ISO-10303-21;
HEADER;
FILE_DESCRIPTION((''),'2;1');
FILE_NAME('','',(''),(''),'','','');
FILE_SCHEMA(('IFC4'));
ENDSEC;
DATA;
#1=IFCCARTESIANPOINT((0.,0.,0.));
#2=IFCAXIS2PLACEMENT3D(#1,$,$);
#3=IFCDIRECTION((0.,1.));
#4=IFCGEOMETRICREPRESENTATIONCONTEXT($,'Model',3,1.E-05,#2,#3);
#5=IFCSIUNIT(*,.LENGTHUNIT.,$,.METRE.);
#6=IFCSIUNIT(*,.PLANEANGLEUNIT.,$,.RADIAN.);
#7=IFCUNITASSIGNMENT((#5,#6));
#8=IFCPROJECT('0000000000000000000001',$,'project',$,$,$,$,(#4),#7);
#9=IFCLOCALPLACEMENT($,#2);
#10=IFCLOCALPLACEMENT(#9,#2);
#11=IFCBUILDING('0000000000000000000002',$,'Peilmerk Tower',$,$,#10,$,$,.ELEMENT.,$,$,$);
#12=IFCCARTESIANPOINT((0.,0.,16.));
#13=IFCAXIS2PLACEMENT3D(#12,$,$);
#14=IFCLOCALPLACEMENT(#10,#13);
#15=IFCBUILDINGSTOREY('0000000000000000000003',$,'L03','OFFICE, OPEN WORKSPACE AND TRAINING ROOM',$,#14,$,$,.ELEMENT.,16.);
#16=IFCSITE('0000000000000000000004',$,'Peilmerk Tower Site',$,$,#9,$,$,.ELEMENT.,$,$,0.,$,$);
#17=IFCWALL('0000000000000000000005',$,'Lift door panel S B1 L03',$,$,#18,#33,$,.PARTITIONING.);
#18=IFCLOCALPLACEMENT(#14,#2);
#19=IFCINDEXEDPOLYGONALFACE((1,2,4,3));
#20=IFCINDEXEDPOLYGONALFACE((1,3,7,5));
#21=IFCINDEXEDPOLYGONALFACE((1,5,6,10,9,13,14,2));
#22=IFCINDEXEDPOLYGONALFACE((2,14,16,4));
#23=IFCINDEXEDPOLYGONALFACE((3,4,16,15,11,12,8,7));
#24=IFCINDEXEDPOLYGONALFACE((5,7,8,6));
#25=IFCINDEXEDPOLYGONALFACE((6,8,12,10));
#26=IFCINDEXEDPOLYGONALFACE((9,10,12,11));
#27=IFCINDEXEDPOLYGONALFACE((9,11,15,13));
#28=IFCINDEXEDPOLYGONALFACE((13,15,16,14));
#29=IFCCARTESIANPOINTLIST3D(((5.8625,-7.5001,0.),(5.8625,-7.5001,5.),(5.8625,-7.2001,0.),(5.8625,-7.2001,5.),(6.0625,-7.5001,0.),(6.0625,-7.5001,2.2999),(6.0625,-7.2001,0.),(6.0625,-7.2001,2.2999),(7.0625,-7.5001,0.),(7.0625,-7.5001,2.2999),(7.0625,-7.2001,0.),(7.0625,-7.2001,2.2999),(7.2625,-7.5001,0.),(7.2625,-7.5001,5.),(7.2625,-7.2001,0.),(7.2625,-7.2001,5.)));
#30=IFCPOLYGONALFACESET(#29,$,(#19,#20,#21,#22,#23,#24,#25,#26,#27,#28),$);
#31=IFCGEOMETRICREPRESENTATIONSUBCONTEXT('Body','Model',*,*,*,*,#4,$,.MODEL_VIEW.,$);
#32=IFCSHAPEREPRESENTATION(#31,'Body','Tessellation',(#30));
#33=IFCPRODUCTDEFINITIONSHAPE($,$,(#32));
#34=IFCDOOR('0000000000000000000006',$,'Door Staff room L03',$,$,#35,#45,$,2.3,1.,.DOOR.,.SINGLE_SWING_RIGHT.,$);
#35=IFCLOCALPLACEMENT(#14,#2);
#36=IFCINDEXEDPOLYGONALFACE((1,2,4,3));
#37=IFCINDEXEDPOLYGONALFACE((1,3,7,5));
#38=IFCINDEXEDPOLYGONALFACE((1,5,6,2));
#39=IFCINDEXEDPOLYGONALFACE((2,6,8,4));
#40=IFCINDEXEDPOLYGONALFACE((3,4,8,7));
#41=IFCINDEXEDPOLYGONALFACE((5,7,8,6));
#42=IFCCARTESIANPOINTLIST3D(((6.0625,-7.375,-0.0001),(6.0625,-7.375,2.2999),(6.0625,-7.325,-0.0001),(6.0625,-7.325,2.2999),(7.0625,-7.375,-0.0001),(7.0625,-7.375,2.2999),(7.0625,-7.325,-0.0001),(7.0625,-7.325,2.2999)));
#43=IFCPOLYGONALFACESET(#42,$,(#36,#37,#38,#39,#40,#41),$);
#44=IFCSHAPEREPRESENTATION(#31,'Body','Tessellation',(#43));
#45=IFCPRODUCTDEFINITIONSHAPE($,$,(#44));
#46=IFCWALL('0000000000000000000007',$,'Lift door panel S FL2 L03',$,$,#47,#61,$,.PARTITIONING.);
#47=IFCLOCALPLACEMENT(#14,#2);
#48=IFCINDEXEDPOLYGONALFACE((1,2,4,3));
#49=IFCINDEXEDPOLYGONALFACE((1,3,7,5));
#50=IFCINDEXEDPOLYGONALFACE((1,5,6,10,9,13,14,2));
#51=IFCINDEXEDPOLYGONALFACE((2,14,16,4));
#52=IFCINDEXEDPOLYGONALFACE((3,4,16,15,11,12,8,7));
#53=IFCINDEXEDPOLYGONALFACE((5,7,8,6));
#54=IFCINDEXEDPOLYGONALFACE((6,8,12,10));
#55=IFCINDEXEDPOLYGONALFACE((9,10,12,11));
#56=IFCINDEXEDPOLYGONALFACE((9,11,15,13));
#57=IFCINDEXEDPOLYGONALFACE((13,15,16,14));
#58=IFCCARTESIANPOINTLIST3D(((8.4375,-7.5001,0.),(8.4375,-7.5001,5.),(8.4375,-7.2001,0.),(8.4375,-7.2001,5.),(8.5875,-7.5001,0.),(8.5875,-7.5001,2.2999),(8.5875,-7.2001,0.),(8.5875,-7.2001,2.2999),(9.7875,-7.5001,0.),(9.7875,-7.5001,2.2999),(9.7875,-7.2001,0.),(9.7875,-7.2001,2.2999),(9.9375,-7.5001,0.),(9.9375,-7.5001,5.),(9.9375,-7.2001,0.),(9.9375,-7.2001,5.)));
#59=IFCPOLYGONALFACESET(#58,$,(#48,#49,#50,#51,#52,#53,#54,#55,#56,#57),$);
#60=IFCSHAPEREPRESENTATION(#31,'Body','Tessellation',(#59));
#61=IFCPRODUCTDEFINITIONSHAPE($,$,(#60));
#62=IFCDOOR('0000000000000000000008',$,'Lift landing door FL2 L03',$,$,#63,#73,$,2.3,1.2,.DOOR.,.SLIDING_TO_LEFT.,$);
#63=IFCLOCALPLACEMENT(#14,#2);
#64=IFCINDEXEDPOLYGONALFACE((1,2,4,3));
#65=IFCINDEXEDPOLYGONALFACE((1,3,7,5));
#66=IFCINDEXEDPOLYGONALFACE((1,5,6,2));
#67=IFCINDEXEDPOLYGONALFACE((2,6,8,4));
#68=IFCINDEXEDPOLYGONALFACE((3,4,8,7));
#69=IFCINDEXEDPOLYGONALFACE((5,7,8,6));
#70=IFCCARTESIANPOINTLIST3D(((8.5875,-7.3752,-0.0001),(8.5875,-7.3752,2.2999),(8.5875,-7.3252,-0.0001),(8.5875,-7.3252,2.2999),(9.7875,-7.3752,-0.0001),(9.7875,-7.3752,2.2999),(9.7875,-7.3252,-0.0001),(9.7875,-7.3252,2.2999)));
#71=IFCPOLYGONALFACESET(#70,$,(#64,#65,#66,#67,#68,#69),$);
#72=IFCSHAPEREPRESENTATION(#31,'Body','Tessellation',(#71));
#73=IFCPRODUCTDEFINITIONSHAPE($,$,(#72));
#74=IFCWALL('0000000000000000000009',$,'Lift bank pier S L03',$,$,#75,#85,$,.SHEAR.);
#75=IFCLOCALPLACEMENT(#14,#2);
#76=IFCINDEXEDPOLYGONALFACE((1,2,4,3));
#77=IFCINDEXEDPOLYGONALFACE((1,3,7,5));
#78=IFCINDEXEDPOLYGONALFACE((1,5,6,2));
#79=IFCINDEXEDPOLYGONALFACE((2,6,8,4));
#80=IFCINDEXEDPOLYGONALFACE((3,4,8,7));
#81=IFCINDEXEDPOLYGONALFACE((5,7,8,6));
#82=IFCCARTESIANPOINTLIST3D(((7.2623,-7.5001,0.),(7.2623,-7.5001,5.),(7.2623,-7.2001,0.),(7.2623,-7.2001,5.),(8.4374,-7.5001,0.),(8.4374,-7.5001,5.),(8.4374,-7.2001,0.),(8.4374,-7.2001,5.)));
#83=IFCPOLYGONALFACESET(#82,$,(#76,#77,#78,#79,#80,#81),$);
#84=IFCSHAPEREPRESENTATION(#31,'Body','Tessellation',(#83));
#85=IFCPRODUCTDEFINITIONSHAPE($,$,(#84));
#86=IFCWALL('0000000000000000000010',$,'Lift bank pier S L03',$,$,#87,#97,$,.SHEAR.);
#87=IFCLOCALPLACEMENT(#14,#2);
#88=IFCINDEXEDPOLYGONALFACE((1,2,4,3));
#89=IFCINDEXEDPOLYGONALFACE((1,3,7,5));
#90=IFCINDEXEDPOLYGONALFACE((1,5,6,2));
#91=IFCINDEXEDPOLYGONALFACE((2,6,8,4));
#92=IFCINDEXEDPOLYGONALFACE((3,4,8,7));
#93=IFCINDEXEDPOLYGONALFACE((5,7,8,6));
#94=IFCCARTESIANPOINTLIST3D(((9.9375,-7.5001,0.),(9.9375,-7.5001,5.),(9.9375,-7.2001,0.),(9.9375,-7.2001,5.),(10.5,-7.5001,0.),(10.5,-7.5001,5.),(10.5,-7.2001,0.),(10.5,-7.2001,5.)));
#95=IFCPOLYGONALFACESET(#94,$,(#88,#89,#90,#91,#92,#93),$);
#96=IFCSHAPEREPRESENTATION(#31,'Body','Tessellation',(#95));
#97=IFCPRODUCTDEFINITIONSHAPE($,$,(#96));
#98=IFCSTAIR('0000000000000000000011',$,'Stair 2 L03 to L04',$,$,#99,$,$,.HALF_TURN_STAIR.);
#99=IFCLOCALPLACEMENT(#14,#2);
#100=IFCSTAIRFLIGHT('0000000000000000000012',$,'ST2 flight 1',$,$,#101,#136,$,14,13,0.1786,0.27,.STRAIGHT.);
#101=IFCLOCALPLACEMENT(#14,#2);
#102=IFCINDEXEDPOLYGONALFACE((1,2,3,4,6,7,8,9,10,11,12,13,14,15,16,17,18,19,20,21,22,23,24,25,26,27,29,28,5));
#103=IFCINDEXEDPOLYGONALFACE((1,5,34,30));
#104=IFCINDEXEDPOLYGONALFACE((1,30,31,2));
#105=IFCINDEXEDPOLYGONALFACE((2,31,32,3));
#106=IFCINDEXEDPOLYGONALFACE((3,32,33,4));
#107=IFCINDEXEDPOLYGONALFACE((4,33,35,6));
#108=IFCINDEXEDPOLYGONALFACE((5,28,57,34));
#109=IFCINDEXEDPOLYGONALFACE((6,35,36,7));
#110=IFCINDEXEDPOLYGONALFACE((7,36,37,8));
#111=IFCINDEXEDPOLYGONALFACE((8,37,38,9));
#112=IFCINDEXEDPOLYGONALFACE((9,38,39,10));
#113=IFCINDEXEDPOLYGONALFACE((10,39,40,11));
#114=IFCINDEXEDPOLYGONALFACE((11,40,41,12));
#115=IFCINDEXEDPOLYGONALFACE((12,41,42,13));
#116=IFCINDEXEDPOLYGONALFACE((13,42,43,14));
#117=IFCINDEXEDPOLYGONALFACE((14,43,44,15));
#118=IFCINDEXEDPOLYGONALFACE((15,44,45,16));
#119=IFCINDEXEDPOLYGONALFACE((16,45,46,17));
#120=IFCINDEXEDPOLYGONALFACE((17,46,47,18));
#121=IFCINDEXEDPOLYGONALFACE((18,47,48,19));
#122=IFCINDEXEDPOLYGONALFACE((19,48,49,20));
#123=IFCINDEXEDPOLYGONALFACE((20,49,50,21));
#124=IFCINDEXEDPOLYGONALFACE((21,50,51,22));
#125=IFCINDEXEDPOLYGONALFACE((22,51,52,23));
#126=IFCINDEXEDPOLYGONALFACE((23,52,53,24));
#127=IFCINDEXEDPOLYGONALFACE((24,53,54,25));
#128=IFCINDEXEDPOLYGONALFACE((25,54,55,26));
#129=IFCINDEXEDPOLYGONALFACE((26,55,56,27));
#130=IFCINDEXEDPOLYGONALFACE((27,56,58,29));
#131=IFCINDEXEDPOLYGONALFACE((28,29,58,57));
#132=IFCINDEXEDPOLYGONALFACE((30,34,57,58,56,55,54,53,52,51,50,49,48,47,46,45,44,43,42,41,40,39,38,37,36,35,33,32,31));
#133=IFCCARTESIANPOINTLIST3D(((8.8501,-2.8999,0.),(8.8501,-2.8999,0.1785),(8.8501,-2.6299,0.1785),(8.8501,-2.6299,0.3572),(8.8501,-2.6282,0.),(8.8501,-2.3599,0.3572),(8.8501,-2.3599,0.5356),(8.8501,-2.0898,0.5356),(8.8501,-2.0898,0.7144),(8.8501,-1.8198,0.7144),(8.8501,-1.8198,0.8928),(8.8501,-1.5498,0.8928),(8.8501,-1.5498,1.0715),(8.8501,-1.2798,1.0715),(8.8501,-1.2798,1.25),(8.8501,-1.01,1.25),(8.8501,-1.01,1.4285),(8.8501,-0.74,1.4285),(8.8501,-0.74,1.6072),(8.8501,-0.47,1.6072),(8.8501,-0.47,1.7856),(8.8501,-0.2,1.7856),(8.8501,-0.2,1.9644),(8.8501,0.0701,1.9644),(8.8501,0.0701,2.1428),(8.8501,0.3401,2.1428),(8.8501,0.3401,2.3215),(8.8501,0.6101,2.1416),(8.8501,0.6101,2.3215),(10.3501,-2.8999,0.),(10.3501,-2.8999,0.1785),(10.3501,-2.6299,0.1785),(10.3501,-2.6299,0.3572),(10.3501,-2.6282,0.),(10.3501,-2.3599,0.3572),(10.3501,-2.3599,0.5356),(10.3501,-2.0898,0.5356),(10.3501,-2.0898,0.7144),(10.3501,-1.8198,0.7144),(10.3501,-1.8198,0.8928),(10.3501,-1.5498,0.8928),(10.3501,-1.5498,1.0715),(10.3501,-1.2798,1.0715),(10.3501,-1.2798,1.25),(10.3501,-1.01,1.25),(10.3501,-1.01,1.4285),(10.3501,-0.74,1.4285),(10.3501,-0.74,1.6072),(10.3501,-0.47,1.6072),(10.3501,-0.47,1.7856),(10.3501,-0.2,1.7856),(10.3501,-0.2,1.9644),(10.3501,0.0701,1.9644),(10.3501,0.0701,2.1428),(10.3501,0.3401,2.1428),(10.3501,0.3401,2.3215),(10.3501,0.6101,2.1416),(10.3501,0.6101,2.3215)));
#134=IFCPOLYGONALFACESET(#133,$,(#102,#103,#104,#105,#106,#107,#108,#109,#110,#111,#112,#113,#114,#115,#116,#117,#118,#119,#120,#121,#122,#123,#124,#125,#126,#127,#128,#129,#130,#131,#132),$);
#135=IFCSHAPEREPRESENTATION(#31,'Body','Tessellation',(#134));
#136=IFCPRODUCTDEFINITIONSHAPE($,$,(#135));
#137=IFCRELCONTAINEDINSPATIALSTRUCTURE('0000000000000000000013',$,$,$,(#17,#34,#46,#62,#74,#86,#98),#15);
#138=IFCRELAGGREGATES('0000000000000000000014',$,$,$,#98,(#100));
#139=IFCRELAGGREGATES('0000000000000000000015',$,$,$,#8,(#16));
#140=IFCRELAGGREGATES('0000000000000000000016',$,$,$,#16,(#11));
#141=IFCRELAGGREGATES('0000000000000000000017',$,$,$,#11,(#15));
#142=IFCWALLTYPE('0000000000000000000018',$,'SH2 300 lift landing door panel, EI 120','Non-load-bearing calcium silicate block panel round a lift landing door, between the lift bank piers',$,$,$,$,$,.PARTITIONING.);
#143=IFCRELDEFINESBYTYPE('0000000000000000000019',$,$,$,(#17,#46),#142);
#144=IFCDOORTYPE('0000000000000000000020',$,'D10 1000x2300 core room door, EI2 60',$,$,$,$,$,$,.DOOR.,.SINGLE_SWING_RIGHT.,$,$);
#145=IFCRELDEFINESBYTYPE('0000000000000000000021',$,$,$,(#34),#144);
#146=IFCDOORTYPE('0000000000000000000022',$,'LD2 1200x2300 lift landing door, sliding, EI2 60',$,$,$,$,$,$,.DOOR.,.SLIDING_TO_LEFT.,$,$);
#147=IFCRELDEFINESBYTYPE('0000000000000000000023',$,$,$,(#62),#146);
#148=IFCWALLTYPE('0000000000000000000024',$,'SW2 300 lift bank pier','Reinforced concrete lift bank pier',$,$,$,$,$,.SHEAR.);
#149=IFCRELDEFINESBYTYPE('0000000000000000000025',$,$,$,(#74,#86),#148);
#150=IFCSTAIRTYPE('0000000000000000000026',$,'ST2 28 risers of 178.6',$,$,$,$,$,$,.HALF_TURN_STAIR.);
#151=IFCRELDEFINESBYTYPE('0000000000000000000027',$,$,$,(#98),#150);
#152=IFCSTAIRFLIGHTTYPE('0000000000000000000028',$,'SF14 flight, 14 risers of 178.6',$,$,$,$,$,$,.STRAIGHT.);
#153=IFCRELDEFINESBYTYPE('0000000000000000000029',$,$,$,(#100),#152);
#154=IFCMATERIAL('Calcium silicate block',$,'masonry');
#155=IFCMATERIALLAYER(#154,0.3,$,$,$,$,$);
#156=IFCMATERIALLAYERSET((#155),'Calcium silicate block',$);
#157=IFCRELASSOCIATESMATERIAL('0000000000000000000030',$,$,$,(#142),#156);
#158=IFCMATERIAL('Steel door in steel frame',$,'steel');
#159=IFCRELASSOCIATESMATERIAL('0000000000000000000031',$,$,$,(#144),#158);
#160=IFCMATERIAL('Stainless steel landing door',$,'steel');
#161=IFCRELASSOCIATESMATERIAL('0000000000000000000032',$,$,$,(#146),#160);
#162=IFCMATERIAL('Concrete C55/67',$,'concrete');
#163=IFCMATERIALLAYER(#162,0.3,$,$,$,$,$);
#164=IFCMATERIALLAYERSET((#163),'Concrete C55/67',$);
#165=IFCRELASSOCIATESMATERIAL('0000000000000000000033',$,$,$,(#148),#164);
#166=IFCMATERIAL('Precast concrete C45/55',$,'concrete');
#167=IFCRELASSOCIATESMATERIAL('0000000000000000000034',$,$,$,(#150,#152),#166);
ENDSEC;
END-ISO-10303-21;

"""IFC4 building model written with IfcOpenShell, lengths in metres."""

from ifc_helpers import new_model, si_unit, direction, frame, frame_2d, origin, place, context, subcontext, project, spatial, polyline, rectangle, outline, extrude, material, layer, layer_set, type_object, element, fill, aggregate, save


model = new_model("IFC4")

# Units and contexts
model_context = context("Model", 3, precision=1e-05, world=origin(), true_north=direction((0.0, 1.0)))
body_context = subcontext(model_context, "Body", "Model", "MODEL_VIEW")
ifc_project = project(units=[si_unit("LENGTHUNIT", "METRE"), si_unit("PLANEANGLEUNIT", "RADIAN")], contexts=[model_context])

# Site, building, storey
site_placement = place(None, origin())
site = spatial("IfcSite", under=ifc_project, at=site_placement, Name="Peilmerk Tower Site", CompositionType="ELEMENT", RefElevation=0.0)
building_placement = place(site_placement, origin())
building = spatial("IfcBuilding", under=site, at=building_placement, Name="Peilmerk Tower", CompositionType="ELEMENT")
storey_placement = place(building_placement, frame((0.0, 0.0, 16.0)))
storey = spatial("IfcBuildingStorey", under=building, at=storey_placement, Name="L03", Description="OFFICE, OPEN WORKSPACE AND TRAINING ROOM", CompositionType="ELEMENT", Elevation=16.0)

# Shared definitions
ifc_material_1 = material(Name="Steel door in steel frame", Category="steel")

# Shared definitions
ifc_material_2 = material(Name="Calcium silicate block", Category="masonry")

# Walls, openings, doors
ifc_layer_1 = layer(ifc_material_2, 0.3)
ifc_layer_set_1 = layer_set([ifc_layer_1], Name="Calcium silicate block")
wall_type_1 = type_object("IfcWallType", Name="SH2 300 lift landing door panel, EI 120", Description="Non-load-bearing calcium silicate block panel round a lift landing door, between the lift bank piers", PredefinedType="PARTITIONING", material=ifc_layer_set_1)
wall_1_placement = place(storey_placement, frame((5.8625, -7.3501, 0.0), z_axis=(0.0, 0.0, 1.0), x_axis=(1.0, 0.0, 0.0)))
wall_1 = element("IfcWall", 1, at=wall_1_placement, inside=storey, type_object=wall_type_1, Name="Lift door panel S B1 L03", PredefinedType="PARTITIONING", context=body_context, shape_type="SweptSolid", body=[
    extrude(rectangle(XDim=1.3999, YDim=0.3, at=frame_2d((0.7, 0.0))), origin(), (0.0, 0.0, 1.0), 5.0),
])
opening_1_placement = place(wall_1_placement, frame((0.2, 0.0, 0.0)))
opening_1 = element("IfcOpeningElement", 2, at=opening_1_placement, cuts=wall_1, PredefinedType="OPENING", context=body_context, shape_type="SweptSolid", body=[
    extrude(rectangle(XDim=1.0, YDim=2.3, at=frame_2d((0.5, 1.1499))), frame((0.0, 0.1599, 0.0), z_axis=(0.0, -1.0, 0.0), x_axis=(1.0, 0.0, 0.0)), (0.0, 0.0, 1.0), 0.3201),
])
door_type_1 = type_object("IfcDoorType", Name="D10 1000x2300 core room door, EI2 60", OperationType="SINGLE_SWING_RIGHT", PredefinedType="DOOR", material=ifc_material_1)
door_1_placement = place(opening_1_placement, frame((1.0, 0.0, 0.0), z_axis=(0.0, 0.0, 1.0), x_axis=(-1.0, 0.0, 0.0)))
door_1 = element("IfcDoor", 3, at=door_1_placement, inside=storey, type_object=door_type_1, Name="Door Staff room L03", OperationType="SINGLE_SWING_RIGHT", OverallHeight=2.3, OverallWidth=1.0, PredefinedType="DOOR", context=body_context, shape_type="SweptSolid", body=[
    extrude(rectangle(XDim=1.0, YDim=2.3, at=frame_2d((0.5, 1.1499))), frame((0.0, 0.0249, 0.0), z_axis=(0.0, -1.0, 0.0), x_axis=(1.0, 0.0, 0.0)), (0.0, 0.0, 1.0), 0.05),
])
fill(opening_1, door_1)
wall_2_placement = place(storey_placement, frame((8.4375, -7.3501, 0.0), z_axis=(0.0, 0.0, 1.0), x_axis=(1.0, 0.0, 0.0)))
wall_2 = element("IfcWall", 4, at=wall_2_placement, inside=storey, type_object=wall_type_1, Name="Lift door panel S FL2 L03", PredefinedType="PARTITIONING", context=body_context, shape_type="SweptSolid", body=[
    extrude(rectangle(XDim=1.5, YDim=0.3, at=frame_2d((0.75, 0.0))), origin(), (0.0, 0.0, 1.0), 5.0),
])
opening_2_placement = place(wall_2_placement, frame((0.1499, 0.0, 0.0)))
opening_2 = element("IfcOpeningElement", 5, at=opening_2_placement, cuts=wall_2, PredefinedType="OPENING", context=body_context, shape_type="SweptSolid", body=[
    extrude(rectangle(XDim=1.2, YDim=2.3, at=frame_2d((0.6001, 1.1499))), frame((0.0, 0.1599, 0.0), z_axis=(0.0, -1.0, 0.0), x_axis=(1.0, 0.0, 0.0)), (0.0, 0.0, 1.0), 0.3201),
])
ifc_material_3 = material(Name="Stainless steel landing door", Category="steel")
door_type_2 = type_object("IfcDoorType", Name="LD2 1200x2300 lift landing door, sliding, EI2 60", OperationType="SLIDING_TO_LEFT", PredefinedType="DOOR", material=ifc_material_3)
door_2_placement = place(opening_2_placement, origin())
door_2 = element("IfcDoor", 6, at=door_2_placement, inside=storey, type_object=door_type_2, Name="Lift landing door FL2 L03", OperationType="SLIDING_TO_LEFT", OverallHeight=2.3, OverallWidth=1.2, PredefinedType="DOOR", context=body_context, shape_type="SweptSolid", body=[
    extrude(rectangle(XDim=1.2, YDim=2.3, at=frame_2d((0.6001, 1.1499))), frame((0.0, 0.0249, 0.0), z_axis=(0.0, -1.0, 0.0), x_axis=(1.0, 0.0, 0.0)), (0.0, 0.0, 1.0), 0.05),
])
fill(opening_2, door_2)

# Walls
ifc_material_4 = material(Name="Concrete C55/67", Category="concrete")
ifc_layer_2 = layer(ifc_material_4, 0.3)
ifc_layer_set_2 = layer_set([ifc_layer_2], Name="Concrete C55/67")
wall_type_2 = type_object("IfcWallType", Name="SW2 300 lift bank pier", Description="Reinforced concrete lift bank pier", PredefinedType="SHEAR", material=ifc_layer_set_2)
wall_3_placement = place(storey_placement, frame((7.2625, -7.3501, 0.0), z_axis=(0.0, 0.0, 1.0), x_axis=(1.0, 0.0, 0.0)))
element("IfcWall", 7, at=wall_3_placement, inside=storey, type_object=wall_type_2, Name="Lift bank pier S L03", PredefinedType="SHEAR", context=body_context, shape_type="SweptSolid", body=[
    extrude(rectangle(XDim=1.175, YDim=0.3, at=frame_2d((0.5874, 0.0))), origin(), (0.0, 0.0, 1.0), 5.0),
])
wall_4_placement = place(storey_placement, frame((9.9375, -7.3501, 0.0), z_axis=(0.0, 0.0, 1.0), x_axis=(1.0, 0.0, 0.0)))
element("IfcWall", 8, at=wall_4_placement, inside=storey, type_object=wall_type_2, Name="Lift bank pier S L03", PredefinedType="SHEAR", context=body_context, shape_type="SweptSolid", body=[
    extrude(rectangle(XDim=0.5625, YDim=0.3, at=frame_2d((0.2812, 0.0))), origin(), (0.0, 0.0, 1.0), 5.0),
])

# Stair, stair flight
ifc_material_5 = material(Name="Precast concrete C45/55", Category="concrete")
stair_type = type_object("IfcStairType", Name="ST2 28 risers of 178.6", PredefinedType="HALF_TURN_STAIR", material=ifc_material_5)
stair_placement = place(storey_placement, origin())
stair = element("IfcStair", 9, at=stair_placement, inside=storey, type_object=stair_type, Name="Stair 2 L03 to L04", PredefinedType="HALF_TURN_STAIR")
stair_flight_type = type_object("IfcStairFlightType", Name="SF14 flight, 14 risers of 178.6", PredefinedType="STRAIGHT", material=ifc_material_5)
stair_flight_placement = place(storey_placement, frame((9.6001, -2.8999, 0.0), z_axis=(0.0, 0.0, 1.0), x_axis=(0.0, 1.0, 0.0)))
stair_flight = element("IfcStairFlight", 10, at=stair_flight_placement, type_object=stair_flight_type, Name="ST2 flight 1", NumberOfRisers=14, NumberOfTreads=13, PredefinedType="STRAIGHT", RiserHeight=0.1786, TreadLength=0.27, context=body_context, shape_type="SweptSolid", body=[
    extrude(outline(polyline([(0.0, 0.0), (0.0, 0.1785), (0.27, 0.1785), (0.27, 0.3572), (0.54, 0.3572), (0.54, 0.5356), (0.8101, 0.5356), (0.8101, 0.7144), (1.0801, 0.7144), (1.0801, 0.8928), (1.3501, 0.8928), (1.3501, 1.0715), (1.6201, 1.0715), (1.6201, 1.25), (1.8899, 1.25), (1.8899, 1.4285), (2.1599, 1.4285), (2.1599, 1.6072), (2.4299, 1.6072), (2.4299, 1.7856), (2.7, 1.7856), (2.7, 1.9644), (2.97, 1.9644), (2.97, 2.1428), (3.24, 2.1428), (3.24, 2.3215), (3.51, 2.3215), (3.51, 2.5), (3.51, 2.1416), (0.2717, 0.0), (0.0, 0.0)])), frame((0.0, 0.75, 0.0), z_axis=(0.0, -1.0, 0.0), x_axis=(1.0, 0.0, 0.0)), (0.0, 0.0, 1.0), 1.5),
])
aggregate(stair, [stair_flight])

save(model, "model.ifc")
